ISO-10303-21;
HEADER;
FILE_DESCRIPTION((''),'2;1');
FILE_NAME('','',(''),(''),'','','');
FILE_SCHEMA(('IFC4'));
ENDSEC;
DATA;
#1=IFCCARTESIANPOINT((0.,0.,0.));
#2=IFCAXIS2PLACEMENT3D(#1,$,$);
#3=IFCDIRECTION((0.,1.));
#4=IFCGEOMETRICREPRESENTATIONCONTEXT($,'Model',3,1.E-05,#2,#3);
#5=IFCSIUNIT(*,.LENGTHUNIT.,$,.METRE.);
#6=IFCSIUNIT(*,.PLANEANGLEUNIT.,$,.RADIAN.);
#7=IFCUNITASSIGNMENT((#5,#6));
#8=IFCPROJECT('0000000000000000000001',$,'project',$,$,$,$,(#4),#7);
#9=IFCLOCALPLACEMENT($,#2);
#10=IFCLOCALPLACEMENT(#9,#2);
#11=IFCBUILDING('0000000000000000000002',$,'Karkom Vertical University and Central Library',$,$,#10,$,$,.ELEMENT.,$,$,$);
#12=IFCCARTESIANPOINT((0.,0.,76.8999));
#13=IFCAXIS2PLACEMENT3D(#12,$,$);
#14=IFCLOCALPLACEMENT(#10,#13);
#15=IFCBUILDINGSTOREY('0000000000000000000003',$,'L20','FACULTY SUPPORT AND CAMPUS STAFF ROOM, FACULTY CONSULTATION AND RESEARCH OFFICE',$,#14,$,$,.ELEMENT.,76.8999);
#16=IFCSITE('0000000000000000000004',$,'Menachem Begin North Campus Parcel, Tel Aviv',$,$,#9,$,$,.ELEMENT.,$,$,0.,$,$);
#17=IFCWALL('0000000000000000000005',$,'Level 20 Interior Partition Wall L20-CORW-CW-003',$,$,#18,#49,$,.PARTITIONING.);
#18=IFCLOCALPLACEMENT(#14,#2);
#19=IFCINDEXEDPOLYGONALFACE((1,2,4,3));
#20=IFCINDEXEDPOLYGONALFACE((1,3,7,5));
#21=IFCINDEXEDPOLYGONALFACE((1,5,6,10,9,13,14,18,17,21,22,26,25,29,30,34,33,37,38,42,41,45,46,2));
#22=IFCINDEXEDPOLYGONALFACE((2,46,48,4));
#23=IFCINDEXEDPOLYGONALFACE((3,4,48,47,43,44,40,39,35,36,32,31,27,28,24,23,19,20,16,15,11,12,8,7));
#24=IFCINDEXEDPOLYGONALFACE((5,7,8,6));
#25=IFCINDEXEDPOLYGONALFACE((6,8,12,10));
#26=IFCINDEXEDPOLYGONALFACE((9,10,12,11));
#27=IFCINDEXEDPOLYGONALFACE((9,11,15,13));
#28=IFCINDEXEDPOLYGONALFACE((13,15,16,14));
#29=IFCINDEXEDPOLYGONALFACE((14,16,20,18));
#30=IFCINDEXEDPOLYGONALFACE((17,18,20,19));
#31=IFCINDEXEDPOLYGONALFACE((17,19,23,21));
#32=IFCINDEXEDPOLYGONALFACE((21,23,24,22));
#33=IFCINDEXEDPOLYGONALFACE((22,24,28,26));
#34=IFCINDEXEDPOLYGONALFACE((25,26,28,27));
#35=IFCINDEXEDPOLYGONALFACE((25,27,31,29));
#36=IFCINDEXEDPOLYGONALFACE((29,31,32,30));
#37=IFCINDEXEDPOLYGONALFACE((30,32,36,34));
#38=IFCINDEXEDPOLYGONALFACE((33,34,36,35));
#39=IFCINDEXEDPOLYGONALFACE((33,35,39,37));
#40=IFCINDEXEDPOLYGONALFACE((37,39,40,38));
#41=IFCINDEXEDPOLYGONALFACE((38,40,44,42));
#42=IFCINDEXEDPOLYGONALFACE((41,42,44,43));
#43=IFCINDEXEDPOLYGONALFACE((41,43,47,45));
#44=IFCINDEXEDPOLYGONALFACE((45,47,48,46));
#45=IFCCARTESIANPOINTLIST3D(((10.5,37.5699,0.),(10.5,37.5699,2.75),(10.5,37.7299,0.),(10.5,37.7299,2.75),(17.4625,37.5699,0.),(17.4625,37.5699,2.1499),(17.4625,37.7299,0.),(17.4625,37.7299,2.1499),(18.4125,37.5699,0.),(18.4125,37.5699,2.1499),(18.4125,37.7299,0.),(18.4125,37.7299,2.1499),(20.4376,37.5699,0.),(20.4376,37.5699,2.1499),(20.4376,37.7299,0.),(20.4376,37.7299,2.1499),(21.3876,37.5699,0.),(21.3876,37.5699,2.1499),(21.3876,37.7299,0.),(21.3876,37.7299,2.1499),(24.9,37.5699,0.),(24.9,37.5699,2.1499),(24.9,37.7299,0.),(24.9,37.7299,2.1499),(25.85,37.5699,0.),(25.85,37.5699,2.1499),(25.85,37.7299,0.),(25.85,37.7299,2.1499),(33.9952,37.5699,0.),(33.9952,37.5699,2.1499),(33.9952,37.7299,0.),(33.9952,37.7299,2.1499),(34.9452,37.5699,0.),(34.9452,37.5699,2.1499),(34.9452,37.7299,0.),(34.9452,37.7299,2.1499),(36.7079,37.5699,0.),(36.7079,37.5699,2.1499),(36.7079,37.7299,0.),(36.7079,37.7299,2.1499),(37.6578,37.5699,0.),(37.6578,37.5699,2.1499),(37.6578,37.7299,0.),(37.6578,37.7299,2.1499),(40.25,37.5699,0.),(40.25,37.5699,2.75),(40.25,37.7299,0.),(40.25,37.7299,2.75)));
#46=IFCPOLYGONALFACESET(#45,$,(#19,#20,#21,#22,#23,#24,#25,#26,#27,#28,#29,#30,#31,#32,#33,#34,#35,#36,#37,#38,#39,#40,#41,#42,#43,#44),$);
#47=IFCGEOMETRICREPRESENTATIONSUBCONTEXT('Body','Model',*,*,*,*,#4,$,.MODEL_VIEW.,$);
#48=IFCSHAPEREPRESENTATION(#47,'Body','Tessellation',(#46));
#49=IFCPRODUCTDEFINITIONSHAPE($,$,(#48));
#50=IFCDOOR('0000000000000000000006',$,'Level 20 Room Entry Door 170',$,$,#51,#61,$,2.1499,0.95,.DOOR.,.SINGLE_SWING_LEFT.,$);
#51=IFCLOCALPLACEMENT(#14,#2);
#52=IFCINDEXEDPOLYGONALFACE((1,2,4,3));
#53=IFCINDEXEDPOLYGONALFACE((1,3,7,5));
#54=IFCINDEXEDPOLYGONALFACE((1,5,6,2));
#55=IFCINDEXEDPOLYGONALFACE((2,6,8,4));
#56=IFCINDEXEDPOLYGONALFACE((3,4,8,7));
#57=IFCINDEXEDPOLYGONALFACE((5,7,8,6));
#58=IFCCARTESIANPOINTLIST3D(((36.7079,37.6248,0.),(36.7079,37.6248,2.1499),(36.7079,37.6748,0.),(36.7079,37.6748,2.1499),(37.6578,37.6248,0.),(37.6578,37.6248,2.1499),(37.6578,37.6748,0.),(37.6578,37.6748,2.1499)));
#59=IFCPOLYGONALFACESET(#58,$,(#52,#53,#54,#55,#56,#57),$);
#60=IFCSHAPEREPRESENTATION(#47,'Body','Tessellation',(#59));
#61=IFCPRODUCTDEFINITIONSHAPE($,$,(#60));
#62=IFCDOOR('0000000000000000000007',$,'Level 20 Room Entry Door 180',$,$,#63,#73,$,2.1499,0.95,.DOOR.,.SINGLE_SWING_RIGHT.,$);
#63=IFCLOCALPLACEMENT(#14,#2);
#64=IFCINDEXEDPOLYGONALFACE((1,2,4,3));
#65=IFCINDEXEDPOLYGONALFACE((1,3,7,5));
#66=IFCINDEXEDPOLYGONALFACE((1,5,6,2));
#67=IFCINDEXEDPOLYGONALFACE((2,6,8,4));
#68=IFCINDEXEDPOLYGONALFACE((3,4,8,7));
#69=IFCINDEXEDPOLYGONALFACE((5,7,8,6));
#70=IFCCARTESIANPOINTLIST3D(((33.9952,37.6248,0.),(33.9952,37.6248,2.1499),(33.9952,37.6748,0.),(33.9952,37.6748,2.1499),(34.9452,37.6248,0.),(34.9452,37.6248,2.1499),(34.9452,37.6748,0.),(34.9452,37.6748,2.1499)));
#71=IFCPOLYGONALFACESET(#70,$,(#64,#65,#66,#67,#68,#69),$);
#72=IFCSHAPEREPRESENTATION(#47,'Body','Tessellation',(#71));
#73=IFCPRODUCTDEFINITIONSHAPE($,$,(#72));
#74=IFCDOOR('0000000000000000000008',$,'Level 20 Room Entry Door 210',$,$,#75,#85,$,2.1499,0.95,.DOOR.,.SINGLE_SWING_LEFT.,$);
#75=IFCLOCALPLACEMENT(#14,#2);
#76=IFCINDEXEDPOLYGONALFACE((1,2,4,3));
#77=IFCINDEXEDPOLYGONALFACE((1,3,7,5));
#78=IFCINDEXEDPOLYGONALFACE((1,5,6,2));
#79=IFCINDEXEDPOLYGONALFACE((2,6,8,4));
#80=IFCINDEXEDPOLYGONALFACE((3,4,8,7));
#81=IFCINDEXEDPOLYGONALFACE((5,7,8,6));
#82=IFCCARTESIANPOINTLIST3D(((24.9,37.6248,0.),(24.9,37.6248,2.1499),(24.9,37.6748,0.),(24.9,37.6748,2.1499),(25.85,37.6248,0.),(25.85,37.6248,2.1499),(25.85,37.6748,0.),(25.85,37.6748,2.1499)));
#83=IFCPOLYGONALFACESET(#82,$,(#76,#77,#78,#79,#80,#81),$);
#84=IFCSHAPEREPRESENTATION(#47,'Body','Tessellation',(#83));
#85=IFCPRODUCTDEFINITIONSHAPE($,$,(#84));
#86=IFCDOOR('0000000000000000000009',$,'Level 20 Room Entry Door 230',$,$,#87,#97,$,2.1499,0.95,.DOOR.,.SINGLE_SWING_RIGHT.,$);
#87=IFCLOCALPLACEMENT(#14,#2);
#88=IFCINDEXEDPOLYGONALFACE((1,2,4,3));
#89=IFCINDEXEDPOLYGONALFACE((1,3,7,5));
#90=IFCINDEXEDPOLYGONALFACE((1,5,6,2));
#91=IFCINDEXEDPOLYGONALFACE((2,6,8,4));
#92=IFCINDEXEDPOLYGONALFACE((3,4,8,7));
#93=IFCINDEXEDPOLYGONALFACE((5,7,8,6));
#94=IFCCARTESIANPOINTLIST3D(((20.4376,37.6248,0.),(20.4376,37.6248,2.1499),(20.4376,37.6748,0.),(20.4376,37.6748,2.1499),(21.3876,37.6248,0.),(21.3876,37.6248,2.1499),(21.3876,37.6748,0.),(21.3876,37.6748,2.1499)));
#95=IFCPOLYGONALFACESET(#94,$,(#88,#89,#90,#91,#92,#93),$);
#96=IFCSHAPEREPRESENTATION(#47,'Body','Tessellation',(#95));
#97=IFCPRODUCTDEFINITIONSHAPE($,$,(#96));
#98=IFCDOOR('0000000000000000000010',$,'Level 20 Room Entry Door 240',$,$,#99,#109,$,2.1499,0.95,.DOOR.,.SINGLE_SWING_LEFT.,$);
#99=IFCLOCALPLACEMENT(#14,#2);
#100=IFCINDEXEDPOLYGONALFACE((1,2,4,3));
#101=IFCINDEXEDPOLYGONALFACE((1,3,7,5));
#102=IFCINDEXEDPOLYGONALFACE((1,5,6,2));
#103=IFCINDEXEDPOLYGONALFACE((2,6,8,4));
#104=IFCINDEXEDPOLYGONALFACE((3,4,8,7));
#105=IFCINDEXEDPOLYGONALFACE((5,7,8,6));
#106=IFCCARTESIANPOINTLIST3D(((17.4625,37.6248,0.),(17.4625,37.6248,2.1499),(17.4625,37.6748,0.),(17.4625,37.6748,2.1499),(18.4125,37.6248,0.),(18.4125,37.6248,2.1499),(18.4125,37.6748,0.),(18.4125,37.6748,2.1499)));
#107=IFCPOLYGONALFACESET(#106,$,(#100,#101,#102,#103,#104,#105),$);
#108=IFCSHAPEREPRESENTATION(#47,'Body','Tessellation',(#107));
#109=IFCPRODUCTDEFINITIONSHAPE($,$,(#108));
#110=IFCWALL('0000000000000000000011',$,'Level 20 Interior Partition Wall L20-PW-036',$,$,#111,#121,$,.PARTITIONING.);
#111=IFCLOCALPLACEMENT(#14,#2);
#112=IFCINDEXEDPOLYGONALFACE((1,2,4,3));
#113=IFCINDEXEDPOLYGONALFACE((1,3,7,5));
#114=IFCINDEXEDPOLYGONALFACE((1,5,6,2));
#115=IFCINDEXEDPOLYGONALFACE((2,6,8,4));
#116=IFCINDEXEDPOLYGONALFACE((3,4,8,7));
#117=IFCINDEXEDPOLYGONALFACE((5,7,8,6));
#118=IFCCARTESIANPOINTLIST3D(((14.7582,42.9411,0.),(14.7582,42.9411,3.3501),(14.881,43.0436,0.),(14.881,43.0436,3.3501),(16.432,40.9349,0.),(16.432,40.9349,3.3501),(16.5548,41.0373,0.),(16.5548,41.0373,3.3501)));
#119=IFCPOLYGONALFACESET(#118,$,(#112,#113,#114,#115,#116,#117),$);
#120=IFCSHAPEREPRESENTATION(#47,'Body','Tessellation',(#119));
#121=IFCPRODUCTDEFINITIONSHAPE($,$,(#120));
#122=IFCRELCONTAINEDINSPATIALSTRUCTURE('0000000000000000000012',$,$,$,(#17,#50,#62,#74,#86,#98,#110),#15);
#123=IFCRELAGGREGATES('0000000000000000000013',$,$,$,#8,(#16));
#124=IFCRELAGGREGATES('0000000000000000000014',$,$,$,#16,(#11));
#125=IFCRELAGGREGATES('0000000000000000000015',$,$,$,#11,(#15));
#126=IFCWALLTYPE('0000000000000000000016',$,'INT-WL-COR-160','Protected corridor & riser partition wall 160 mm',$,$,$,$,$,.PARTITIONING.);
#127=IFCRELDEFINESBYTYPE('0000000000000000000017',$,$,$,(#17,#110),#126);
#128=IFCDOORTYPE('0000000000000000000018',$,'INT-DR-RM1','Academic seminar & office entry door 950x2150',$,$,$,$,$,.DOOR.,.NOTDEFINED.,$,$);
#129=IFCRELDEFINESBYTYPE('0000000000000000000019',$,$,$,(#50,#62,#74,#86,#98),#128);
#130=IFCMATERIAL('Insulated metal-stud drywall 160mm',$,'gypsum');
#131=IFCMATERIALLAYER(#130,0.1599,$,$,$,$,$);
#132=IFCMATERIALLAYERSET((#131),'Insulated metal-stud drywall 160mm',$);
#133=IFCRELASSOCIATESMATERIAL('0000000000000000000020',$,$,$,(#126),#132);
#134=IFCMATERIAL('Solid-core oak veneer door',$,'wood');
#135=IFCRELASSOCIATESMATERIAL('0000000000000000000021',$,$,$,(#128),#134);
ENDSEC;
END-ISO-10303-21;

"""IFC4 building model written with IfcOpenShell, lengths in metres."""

from ifc_helpers import new_model, si_unit, direction, frame, frame_2d, origin, origin_with_axes, place, context, subcontext, project, spatial, rectangle, extrude, source, transform, mapped, material, layer, layer_set, type_object, element, fill, save


model = new_model("IFC4")

# Units and contexts
model_context = context("Model", 3, precision=1e-05, world=origin(), true_north=direction((0.0, 1.0)))
body_context = subcontext(model_context, "Body", "Model", "MODEL_VIEW")
ifc_project = project(units=[si_unit("LENGTHUNIT", "METRE"), si_unit("PLANEANGLEUNIT", "RADIAN")], contexts=[model_context])

# Site, building, storey
site_placement = place(None, origin())
site = spatial("IfcSite", under=ifc_project, at=site_placement, Name="Menachem Begin North Campus Parcel, Tel Aviv", CompositionType="ELEMENT", RefElevation=0.0)
building_placement = place(site_placement, origin())
building = spatial("IfcBuilding", under=site, at=building_placement, Name="Karkom Vertical University and Central Library", CompositionType="ELEMENT")
storey_placement = place(building_placement, frame((0.0, 0.0, 76.8999)))
storey = spatial("IfcBuildingStorey", under=building, at=storey_placement, Name="L20", Description="FACULTY SUPPORT AND CAMPUS STAFF ROOM, FACULTY CONSULTATION AND RESEARCH OFFICE", CompositionType="ELEMENT", Elevation=76.8999)

# Wall, openings, doors
ifc_material_1 = material(Name="Insulated metal-stud drywall 160mm", Category="gypsum")
ifc_layer_1 = layer(ifc_material_1, 0.1599)
ifc_layer_set_1 = layer_set([ifc_layer_1], Name="Insulated metal-stud drywall 160mm")
wall_type_1 = type_object("IfcWallType", Name="INT-WL-COR-160", Description="Protected corridor & riser partition wall 160 mm", PredefinedType="PARTITIONING", material=ifc_layer_set_1)
wall_1_placement = place(storey_placement, frame((10.5, 37.6499, 0.0), z_axis=(0.0, 0.0, 1.0), x_axis=(1.0, 0.0, 0.0)))
wall_1 = element("IfcWall", 1, at=wall_1_placement, inside=storey, type_object=wall_type_1, Name="Level 20 Interior Partition Wall L20-CORW-CW-003", PredefinedType="PARTITIONING", context=body_context, shape_type="SweptSolid", body=[
    extrude(rectangle(XDim=29.75, YDim=0.1599, at=frame_2d((14.875, 0.0))), origin(), (0.0, 0.0, 1.0), 2.75),
])
opening_1_placement = place(wall_1_placement, frame((26.2078, 0.0, 0.0)))
opening_1 = element("IfcOpeningElement", 2, at=opening_1_placement, cuts=wall_1, PredefinedType="OPENING", context=body_context, shape_type="SweptSolid", body=[
    extrude(rectangle(XDim=0.95, YDim=2.1499, at=frame_2d((0.4751, 1.075))), frame((0.0, 0.0898, 0.0), z_axis=(0.0, -1.0, 0.0), x_axis=(1.0, 0.0, 0.0)), (0.0, 0.0, 1.0), 0.1799),
])
opening_2_placement = place(wall_1_placement, frame((23.4951, 0.0, 0.0)))
opening_2 = element("IfcOpeningElement", 3, at=opening_2_placement, cuts=wall_1, PredefinedType="OPENING", context=body_context, shape_type="SweptSolid", body=[
    extrude(rectangle(XDim=0.95, YDim=2.1499, at=frame_2d((0.4751, 1.075))), frame((0.0, 0.0898, 0.0), z_axis=(0.0, -1.0, 0.0), x_axis=(1.0, 0.0, 0.0)), (0.0, 0.0, 1.0), 0.1799),
])
opening_3_placement = place(wall_1_placement, frame((14.3999, 0.0, 0.0)))
opening_3 = element("IfcOpeningElement", 4, at=opening_3_placement, cuts=wall_1, PredefinedType="OPENING", context=body_context, shape_type="SweptSolid", body=[
    extrude(rectangle(XDim=0.95, YDim=2.1499, at=frame_2d((0.4751, 1.075))), frame((0.0, 0.0898, 0.0), z_axis=(0.0, -1.0, 0.0), x_axis=(1.0, 0.0, 0.0)), (0.0, 0.0, 1.0), 0.1799),
])
opening_4_placement = place(wall_1_placement, frame((9.9375, 0.0, 0.0)))
opening_4 = element("IfcOpeningElement", 5, at=opening_4_placement, cuts=wall_1, PredefinedType="OPENING", context=body_context, shape_type="SweptSolid", body=[
    extrude(rectangle(XDim=0.95, YDim=2.1499, at=frame_2d((0.4751, 1.075))), frame((0.0, 0.0898, 0.0), z_axis=(0.0, -1.0, 0.0), x_axis=(1.0, 0.0, 0.0)), (0.0, 0.0, 1.0), 0.1799),
])
opening_5_placement = place(wall_1_placement, frame((6.9624, 0.0, 0.0)))
opening_5 = element("IfcOpeningElement", 6, at=opening_5_placement, cuts=wall_1, PredefinedType="OPENING", context=body_context, shape_type="SweptSolid", body=[
    extrude(rectangle(XDim=0.95, YDim=2.1499, at=frame_2d((0.4751, 1.075))), frame((0.0, 0.0898, 0.0), z_axis=(0.0, -1.0, 0.0), x_axis=(1.0, 0.0, 0.0)), (0.0, 0.0, 1.0), 0.1799),
])
ifc_material_2 = material(Name="Solid-core oak veneer door", Category="wood")
door_type = type_object("IfcDoorType", Name="INT-DR-RM1", Description="Academic seminar & office entry door 950x2150", OperationType="NOTDEFINED", PredefinedType="DOOR", material=ifc_material_2)
shared_shape_1 = source(origin_with_axes(), body_context, "Body", "SweptSolid", [
    extrude(rectangle(XDim=0.95, YDim=2.1499, at=frame_2d((0.4751, 1.075))), frame((0.0, 0.0249, 0.0), z_axis=(0.0, -1.0, 0.0), x_axis=(1.0, 0.0, 0.0)), (0.0, 0.0, 1.0), 0.05),
])
door_1_placement = place(opening_1_placement, origin())
door_1 = element("IfcDoor", 7, at=door_1_placement, inside=storey, type_object=door_type, Name="Level 20 Room Entry Door 170", OperationType="SINGLE_SWING_LEFT", OverallHeight=2.1499, OverallWidth=0.95, PredefinedType="DOOR", context=body_context, shape_type="MappedRepresentation", body=[
    mapped(shared_shape_1, transform((0.0, 0.0, 0.0), scale=1.0)),
])
fill(opening_1, door_1)
door_2_placement = place(opening_2_placement, origin())
door_2 = element("IfcDoor", 8, at=door_2_placement, inside=storey, type_object=door_type, Name="Level 20 Room Entry Door 180", OperationType="SINGLE_SWING_RIGHT", OverallHeight=2.1499, OverallWidth=0.95, PredefinedType="DOOR", context=body_context, shape_type="MappedRepresentation", body=[
    mapped(shared_shape_1, transform((0.0, 0.0, 0.0), scale=1.0)),
])
fill(opening_2, door_2)
door_3_placement = place(opening_3_placement, origin())
door_3 = element("IfcDoor", 9, at=door_3_placement, inside=storey, type_object=door_type, Name="Level 20 Room Entry Door 210", OperationType="SINGLE_SWING_LEFT", OverallHeight=2.1499, OverallWidth=0.95, PredefinedType="DOOR", context=body_context, shape_type="MappedRepresentation", body=[
    mapped(shared_shape_1, transform((0.0, 0.0, 0.0), scale=1.0)),
])
fill(opening_3, door_3)
door_4_placement = place(opening_4_placement, origin())
door_4 = element("IfcDoor", 10, at=door_4_placement, inside=storey, type_object=door_type, Name="Level 20 Room Entry Door 230", OperationType="SINGLE_SWING_RIGHT", OverallHeight=2.1499, OverallWidth=0.95, PredefinedType="DOOR", context=body_context, shape_type="MappedRepresentation", body=[
    mapped(shared_shape_1, transform((0.0, 0.0, 0.0), scale=1.0)),
])
fill(opening_4, door_4)
door_5_placement = place(opening_5_placement, origin())
door_5 = element("IfcDoor", 11, at=door_5_placement, inside=storey, type_object=door_type, Name="Level 20 Room Entry Door 240", OperationType="SINGLE_SWING_LEFT", OverallHeight=2.1499, OverallWidth=0.95, PredefinedType="DOOR", context=body_context, shape_type="MappedRepresentation", body=[
    mapped(shared_shape_1, transform((0.0, 0.0, 0.0), scale=1.0)),
])
fill(opening_5, door_5)

# Wall
wall_2_placement = place(storey_placement, frame((16.4934, 40.9861, 0.0), z_axis=(0.0, 0.0, 1.0), x_axis=(-0.640607, 0.767869, 0.0)))
element("IfcWall", 12, at=wall_2_placement, inside=storey, type_object=wall_type_1, Name="Level 20 Interior Partition Wall L20-PW-036", PredefinedType="PARTITIONING", context=body_context, shape_type="SweptSolid", body=[
    extrude(rectangle(XDim=2.6128, YDim=0.1599, at=frame_2d((1.3064, 0.0))), origin(), (0.0, 0.0, 1.0), 3.3501),
])

save(model, "model.ifc")
